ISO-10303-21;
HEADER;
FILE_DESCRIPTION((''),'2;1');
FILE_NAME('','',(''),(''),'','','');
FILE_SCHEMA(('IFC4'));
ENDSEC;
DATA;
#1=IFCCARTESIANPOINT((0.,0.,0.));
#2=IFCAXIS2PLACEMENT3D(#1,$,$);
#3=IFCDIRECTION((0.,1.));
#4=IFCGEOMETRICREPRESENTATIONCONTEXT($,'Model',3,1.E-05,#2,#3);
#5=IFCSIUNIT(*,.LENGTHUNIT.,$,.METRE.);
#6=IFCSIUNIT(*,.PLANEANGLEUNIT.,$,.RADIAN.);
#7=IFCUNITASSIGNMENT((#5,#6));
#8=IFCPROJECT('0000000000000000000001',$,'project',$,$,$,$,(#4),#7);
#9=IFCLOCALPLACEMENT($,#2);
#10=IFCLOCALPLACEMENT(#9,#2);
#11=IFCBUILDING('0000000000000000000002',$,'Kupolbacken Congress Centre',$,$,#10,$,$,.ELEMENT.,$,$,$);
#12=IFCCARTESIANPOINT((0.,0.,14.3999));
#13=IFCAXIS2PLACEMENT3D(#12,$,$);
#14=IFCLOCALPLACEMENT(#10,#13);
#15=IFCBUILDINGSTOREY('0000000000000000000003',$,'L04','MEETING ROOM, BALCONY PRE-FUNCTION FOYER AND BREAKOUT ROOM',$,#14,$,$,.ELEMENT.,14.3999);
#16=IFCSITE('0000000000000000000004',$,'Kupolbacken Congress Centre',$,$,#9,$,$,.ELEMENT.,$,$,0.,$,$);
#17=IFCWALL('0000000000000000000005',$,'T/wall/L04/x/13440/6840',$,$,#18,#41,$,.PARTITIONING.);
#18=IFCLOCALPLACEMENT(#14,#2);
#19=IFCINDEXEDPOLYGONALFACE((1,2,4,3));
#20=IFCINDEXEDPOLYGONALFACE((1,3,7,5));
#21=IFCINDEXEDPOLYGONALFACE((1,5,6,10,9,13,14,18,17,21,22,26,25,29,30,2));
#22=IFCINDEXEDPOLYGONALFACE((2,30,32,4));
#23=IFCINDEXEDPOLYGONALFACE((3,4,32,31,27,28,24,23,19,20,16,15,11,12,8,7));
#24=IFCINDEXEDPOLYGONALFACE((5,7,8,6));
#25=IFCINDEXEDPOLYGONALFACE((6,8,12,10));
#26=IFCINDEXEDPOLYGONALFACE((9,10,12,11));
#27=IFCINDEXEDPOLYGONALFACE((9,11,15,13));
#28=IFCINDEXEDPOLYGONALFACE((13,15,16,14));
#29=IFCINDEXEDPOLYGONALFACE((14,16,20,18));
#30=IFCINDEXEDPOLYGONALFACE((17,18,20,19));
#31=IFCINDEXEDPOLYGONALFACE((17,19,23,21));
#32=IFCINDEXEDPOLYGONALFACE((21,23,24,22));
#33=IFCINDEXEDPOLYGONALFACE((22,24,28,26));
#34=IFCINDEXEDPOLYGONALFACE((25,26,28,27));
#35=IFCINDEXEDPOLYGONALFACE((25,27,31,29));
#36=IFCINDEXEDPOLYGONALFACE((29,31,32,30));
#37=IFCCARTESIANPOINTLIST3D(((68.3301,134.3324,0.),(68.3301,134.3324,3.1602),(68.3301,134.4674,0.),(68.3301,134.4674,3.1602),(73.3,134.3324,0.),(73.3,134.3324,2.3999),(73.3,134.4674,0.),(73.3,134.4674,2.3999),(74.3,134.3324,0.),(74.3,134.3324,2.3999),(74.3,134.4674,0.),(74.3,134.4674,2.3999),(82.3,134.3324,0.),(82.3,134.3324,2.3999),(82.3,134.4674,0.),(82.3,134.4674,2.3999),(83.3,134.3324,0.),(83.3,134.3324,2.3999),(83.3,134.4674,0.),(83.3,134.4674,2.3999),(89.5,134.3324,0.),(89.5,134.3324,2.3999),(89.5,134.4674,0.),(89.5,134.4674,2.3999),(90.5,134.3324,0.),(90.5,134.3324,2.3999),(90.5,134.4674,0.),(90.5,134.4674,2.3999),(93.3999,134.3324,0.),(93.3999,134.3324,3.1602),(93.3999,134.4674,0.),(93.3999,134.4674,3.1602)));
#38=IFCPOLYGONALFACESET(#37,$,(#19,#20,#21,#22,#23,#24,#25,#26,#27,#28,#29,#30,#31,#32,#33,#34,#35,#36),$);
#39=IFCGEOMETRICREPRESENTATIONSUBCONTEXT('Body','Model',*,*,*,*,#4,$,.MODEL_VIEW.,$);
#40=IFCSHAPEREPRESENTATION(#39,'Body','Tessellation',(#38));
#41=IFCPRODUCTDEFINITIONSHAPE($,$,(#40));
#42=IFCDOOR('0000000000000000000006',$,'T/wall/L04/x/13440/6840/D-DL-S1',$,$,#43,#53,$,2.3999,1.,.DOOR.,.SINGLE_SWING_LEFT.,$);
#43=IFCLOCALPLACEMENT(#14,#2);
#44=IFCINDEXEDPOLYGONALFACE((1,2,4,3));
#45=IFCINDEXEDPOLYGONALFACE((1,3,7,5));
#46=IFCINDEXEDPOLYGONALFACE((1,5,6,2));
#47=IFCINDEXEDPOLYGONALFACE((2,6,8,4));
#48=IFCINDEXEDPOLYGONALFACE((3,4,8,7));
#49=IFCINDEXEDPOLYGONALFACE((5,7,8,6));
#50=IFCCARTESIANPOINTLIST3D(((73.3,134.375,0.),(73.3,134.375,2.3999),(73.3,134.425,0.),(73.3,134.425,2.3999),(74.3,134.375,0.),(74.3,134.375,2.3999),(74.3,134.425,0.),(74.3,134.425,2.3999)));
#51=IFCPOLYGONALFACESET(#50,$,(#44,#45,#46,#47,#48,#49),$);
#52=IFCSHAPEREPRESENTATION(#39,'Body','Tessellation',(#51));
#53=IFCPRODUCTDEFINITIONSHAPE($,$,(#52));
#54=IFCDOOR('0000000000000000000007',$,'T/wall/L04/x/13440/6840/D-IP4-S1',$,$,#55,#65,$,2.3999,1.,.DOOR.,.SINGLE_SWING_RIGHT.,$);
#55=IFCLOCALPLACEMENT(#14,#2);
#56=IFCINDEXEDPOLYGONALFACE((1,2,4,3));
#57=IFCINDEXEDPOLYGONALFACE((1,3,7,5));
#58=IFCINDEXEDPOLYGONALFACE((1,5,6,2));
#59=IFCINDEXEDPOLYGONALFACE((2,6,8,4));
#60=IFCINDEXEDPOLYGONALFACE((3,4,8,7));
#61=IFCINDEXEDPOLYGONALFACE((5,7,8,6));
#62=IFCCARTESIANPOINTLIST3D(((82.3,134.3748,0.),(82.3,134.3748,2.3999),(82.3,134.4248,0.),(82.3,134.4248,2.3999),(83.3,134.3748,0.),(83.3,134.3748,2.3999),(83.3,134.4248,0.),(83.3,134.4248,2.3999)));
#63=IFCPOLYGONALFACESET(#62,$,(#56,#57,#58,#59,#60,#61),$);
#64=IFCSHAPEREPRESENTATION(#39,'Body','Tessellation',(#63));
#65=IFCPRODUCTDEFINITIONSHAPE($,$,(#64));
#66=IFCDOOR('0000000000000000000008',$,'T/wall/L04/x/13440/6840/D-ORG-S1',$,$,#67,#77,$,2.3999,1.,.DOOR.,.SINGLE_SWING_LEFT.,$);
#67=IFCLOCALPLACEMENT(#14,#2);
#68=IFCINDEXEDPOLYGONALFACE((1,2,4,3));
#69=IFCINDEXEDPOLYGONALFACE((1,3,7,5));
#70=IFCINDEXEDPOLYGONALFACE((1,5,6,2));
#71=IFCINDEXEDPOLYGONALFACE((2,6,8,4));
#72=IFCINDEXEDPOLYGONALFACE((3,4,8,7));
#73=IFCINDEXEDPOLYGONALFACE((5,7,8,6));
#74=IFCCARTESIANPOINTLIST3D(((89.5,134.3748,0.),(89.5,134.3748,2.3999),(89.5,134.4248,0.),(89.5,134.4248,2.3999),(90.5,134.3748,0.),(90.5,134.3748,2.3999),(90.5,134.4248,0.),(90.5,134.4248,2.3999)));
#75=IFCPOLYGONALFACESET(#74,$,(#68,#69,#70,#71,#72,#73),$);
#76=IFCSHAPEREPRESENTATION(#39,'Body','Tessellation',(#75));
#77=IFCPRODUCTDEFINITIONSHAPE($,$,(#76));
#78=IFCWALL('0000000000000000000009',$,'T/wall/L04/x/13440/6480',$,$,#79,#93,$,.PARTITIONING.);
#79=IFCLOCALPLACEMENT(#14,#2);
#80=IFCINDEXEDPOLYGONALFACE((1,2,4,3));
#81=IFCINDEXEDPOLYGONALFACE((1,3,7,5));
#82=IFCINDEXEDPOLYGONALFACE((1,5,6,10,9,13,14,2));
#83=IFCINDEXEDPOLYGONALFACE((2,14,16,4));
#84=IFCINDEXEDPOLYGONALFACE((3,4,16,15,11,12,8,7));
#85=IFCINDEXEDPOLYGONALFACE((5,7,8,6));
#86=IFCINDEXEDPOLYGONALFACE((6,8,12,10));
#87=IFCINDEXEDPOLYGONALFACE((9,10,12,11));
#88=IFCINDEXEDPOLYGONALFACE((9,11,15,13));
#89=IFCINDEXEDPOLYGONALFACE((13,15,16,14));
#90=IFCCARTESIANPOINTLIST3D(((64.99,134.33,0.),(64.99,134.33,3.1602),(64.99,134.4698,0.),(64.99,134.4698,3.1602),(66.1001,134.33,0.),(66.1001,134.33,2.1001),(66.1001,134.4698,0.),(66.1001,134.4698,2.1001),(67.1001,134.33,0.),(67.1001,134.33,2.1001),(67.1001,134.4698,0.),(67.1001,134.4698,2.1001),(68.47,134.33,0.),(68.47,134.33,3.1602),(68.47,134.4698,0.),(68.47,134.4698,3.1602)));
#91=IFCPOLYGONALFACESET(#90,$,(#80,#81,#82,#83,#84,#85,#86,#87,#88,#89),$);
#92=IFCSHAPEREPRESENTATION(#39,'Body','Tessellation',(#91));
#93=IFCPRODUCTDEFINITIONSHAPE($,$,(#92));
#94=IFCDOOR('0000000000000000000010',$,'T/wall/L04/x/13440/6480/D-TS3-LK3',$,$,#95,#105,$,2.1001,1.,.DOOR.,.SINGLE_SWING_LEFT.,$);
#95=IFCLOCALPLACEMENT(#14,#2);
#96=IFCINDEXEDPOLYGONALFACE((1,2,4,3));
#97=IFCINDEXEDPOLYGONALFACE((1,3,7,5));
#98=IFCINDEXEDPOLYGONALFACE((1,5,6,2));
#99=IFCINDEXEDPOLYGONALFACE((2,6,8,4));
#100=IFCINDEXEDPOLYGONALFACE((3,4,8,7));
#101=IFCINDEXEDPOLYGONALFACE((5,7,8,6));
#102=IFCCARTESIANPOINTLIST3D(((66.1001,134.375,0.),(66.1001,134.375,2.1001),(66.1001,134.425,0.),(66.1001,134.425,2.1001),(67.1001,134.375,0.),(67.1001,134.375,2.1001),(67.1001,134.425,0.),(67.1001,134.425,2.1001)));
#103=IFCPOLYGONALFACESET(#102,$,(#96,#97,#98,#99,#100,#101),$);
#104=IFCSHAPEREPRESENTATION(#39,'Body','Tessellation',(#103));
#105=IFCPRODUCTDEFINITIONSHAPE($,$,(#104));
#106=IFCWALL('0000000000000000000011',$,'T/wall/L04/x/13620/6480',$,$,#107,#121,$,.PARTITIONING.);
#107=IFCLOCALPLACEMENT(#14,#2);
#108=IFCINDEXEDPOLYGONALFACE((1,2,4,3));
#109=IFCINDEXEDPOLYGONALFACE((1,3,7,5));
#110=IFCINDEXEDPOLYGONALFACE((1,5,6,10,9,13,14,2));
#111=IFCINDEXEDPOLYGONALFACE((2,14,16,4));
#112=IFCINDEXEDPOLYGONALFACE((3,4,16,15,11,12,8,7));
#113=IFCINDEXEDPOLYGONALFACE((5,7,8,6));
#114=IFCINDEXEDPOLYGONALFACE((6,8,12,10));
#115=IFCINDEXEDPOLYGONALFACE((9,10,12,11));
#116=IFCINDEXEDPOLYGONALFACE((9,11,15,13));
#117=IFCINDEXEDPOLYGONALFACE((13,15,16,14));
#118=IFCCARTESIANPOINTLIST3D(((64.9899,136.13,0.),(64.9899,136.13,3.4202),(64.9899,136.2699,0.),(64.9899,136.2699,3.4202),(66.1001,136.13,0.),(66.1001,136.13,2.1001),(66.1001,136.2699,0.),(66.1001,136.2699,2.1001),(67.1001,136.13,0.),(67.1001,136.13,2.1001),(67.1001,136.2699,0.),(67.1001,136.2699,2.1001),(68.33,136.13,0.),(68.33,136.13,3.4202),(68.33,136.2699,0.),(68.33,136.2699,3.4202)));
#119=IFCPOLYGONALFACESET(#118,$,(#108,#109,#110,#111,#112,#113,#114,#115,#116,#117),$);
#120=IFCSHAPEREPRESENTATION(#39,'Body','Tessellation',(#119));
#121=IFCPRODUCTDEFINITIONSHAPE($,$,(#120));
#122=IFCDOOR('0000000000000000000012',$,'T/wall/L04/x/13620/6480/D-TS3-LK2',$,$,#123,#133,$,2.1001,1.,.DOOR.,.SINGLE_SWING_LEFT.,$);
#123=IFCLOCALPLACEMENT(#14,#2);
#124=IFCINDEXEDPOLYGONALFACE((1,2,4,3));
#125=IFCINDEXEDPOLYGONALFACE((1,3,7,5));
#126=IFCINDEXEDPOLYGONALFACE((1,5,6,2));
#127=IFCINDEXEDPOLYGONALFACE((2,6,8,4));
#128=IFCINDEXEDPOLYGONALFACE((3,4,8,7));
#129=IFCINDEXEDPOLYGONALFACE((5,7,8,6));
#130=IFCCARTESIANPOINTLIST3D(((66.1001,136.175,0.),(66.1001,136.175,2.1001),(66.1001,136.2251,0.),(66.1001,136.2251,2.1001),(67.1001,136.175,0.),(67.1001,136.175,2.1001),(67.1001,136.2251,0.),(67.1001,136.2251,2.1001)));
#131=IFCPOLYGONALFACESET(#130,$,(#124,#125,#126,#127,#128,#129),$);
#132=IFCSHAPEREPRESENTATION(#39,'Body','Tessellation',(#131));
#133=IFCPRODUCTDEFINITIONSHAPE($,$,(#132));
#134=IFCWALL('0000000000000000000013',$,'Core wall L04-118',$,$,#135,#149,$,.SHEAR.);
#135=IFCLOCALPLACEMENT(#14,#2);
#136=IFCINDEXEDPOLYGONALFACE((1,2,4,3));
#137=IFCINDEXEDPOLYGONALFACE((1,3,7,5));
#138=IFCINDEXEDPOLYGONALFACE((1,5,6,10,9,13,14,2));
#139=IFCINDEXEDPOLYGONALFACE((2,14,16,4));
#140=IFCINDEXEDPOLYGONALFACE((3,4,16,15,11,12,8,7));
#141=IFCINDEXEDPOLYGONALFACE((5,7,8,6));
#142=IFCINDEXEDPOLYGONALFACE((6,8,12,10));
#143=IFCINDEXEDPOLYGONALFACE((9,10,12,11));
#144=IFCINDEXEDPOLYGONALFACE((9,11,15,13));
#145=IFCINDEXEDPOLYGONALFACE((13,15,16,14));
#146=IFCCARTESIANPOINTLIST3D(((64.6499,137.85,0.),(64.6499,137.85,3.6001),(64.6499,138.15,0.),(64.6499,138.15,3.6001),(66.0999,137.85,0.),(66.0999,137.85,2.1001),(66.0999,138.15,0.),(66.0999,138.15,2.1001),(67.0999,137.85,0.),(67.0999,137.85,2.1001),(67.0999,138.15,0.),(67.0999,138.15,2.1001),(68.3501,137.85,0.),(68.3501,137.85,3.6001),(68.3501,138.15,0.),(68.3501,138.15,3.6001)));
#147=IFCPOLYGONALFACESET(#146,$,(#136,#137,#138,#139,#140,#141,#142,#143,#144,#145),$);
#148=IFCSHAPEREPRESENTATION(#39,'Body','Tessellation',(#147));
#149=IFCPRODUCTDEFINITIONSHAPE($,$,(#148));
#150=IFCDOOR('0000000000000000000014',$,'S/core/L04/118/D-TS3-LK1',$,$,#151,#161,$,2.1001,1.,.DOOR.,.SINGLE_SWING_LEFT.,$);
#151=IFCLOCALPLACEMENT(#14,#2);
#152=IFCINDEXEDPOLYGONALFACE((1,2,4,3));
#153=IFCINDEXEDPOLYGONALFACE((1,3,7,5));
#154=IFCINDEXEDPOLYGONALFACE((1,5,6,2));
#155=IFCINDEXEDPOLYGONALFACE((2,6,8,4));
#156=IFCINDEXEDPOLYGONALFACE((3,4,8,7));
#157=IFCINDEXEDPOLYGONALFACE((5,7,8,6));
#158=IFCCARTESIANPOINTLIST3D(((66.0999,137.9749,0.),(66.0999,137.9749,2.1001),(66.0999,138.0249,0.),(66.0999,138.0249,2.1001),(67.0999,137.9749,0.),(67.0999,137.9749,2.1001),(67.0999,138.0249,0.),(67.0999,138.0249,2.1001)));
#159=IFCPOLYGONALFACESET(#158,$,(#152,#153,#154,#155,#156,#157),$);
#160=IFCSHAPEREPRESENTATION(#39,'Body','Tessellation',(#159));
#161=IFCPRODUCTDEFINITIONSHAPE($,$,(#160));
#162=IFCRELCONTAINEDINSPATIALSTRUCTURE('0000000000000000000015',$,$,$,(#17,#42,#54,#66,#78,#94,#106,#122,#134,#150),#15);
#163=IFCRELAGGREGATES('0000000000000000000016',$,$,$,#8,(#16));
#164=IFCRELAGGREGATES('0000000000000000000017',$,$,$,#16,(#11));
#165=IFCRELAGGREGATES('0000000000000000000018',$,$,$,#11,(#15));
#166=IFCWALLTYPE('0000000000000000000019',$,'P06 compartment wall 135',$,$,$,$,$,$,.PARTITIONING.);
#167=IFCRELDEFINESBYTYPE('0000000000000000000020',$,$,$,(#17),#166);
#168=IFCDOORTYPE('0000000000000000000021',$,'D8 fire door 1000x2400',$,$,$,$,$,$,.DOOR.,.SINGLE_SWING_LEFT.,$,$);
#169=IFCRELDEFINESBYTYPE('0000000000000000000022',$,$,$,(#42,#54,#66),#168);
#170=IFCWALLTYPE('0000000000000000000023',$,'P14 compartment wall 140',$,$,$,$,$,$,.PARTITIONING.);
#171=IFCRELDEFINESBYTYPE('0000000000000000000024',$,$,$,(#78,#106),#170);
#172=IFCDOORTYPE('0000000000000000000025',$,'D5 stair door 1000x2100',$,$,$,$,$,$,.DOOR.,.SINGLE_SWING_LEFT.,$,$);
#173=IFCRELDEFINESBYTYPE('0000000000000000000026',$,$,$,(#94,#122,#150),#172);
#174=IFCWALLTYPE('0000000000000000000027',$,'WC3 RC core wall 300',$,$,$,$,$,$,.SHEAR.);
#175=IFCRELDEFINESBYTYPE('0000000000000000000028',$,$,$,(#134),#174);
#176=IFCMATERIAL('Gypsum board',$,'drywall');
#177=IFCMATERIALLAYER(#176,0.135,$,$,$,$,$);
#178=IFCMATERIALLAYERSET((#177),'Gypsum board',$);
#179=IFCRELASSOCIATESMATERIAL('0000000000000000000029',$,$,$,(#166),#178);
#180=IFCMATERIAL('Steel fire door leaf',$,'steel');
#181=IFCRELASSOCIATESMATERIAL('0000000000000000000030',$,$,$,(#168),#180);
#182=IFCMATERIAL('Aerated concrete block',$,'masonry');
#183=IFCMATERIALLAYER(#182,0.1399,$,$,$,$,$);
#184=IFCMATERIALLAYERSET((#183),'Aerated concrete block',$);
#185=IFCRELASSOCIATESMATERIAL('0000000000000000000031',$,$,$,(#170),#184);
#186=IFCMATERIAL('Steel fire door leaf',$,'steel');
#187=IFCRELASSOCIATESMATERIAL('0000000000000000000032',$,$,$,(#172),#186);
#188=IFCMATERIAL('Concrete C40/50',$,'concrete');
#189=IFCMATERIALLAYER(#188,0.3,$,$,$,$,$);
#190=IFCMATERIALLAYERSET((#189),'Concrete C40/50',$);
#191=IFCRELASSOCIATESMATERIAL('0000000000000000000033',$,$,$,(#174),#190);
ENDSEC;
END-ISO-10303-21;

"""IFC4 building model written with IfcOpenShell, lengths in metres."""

from ifc_helpers import new_model, si_unit, direction, frame, frame_2d, origin, place, context, subcontext, project, spatial, rectangle, extrude, material, layer, layer_set, type_object, element, fill, save


model = new_model("IFC4")

# Units and contexts
model_context = context("Model", 3, precision=1e-05, world=origin(), true_north=direction((0.0, 1.0)))
body_context = subcontext(model_context, "Body", "Model", "MODEL_VIEW")
ifc_project = project(units=[si_unit("LENGTHUNIT", "METRE"), si_unit("PLANEANGLEUNIT", "RADIAN")], contexts=[model_context])

# Site, building, storey
site_placement = place(None, origin())
site = spatial("IfcSite", under=ifc_project, at=site_placement, Name="Kupolbacken Congress Centre", CompositionType="ELEMENT", RefElevation=0.0)
building_placement = place(site_placement, origin())
building = spatial("IfcBuilding", under=site, at=building_placement, Name="Kupolbacken Congress Centre", CompositionType="ELEMENT")
storey_placement = place(building_placement, frame((0.0, 0.0, 14.3999)))
storey = spatial("IfcBuildingStorey", under=building, at=storey_placement, Name="L04", Description="MEETING ROOM, BALCONY PRE-FUNCTION FOYER AND BREAKOUT ROOM", CompositionType="ELEMENT", Elevation=14.3999)

# Wall, openings, doors
ifc_material_1 = material(Name="Gypsum board", Category="drywall")
ifc_layer_1 = layer(ifc_material_1, 0.135)
ifc_layer_set_1 = layer_set([ifc_layer_1], Name="Gypsum board")
wall_type_1 = type_object("IfcWallType", Name="P06 compartment wall 135", PredefinedType="PARTITIONING", material=ifc_layer_set_1)
wall_1_placement = place(storey_placement, frame((68.3301, 134.3999, 0.0), z_axis=(0.0, 0.0, 1.0), x_axis=(1.0, 0.0, 0.0)))
wall_1 = element("IfcWall", 1, at=wall_1_placement, inside=storey, type_object=wall_type_1, Name="T/wall/L04/x/13440/6840", PredefinedType="PARTITIONING", context=body_context, shape_type="SweptSolid", body=[
    extrude(rectangle(XDim=25.0698, YDim=0.135, at=frame_2d((12.5349, 0.0))), origin(), (0.0, 0.0, 1.0), 3.1602),
])
opening_1_placement = place(wall_1_placement, frame((4.97, 0.0, 0.0)))
opening_1 = element("IfcOpeningElement", 2, at=opening_1_placement, cuts=wall_1, PredefinedType="OPENING", context=body_context, shape_type="SweptSolid", body=[
    extrude(rectangle(XDim=1.0, YDim=2.3999, at=frame_2d((0.5, 1.2))), frame((0.0, 0.0774, 0.0), z_axis=(0.0, -1.0, 0.0), x_axis=(1.0, 0.0, 0.0)), (0.0, 0.0, 1.0), 0.155),
])
opening_2_placement = place(wall_1_placement, frame((13.97, 0.0, 0.0)))
opening_2 = element("IfcOpeningElement", 3, at=opening_2_placement, cuts=wall_1, PredefinedType="OPENING", context=body_context, shape_type="SweptSolid", body=[
    extrude(rectangle(XDim=1.0, YDim=2.3999, at=frame_2d((0.5, 1.2))), frame((0.0, 0.0774, 0.0), z_axis=(0.0, -1.0, 0.0), x_axis=(1.0, 0.0, 0.0)), (0.0, 0.0, 1.0), 0.155),
])
opening_3_placement = place(wall_1_placement, frame((21.1699, 0.0, 0.0)))
opening_3 = element("IfcOpeningElement", 4, at=opening_3_placement, cuts=wall_1, PredefinedType="OPENING", context=body_context, shape_type="SweptSolid", body=[
    extrude(rectangle(XDim=1.0, YDim=2.3999, at=frame_2d((0.5, 1.2))), frame((0.0, 0.0774, 0.0), z_axis=(0.0, -1.0, 0.0), x_axis=(1.0, 0.0, 0.0)), (0.0, 0.0, 1.0), 0.155),
])
ifc_material_2 = material(Name="Steel fire door leaf", Category="steel")
door_type_1 = type_object("IfcDoorType", Name="D8 fire door 1000x2400", OperationType="SINGLE_SWING_LEFT", PredefinedType="DOOR", material=ifc_material_2)
door_1_placement = place(opening_1_placement, frame((1.0, 0.0, 0.0), z_axis=(0.0, 0.0, 1.0), x_axis=(-1.0, 0.0, 0.0)))
door_1 = element("IfcDoor", 5, at=door_1_placement, inside=storey, type_object=door_type_1, Name="T/wall/L04/x/13440/6840/D-DL-S1", OperationType="SINGLE_SWING_LEFT", OverallHeight=2.3999, OverallWidth=1.0, PredefinedType="DOOR", context=body_context, shape_type="SweptSolid", body=[
    extrude(rectangle(XDim=1.0, YDim=2.3999, at=frame_2d((0.5, 1.2))), frame((0.0, 0.0249, 0.0), z_axis=(0.0, -1.0, 0.0), x_axis=(1.0, 0.0, 0.0)), (0.0, 0.0, 1.0), 0.05),
])
fill(opening_1, door_1)
door_2_placement = place(opening_2_placement, origin())
door_2 = element("IfcDoor", 6, at=door_2_placement, inside=storey, type_object=door_type_1, Name="T/wall/L04/x/13440/6840/D-IP4-S1", OperationType="SINGLE_SWING_RIGHT", OverallHeight=2.3999, OverallWidth=1.0, PredefinedType="DOOR", context=body_context, shape_type="SweptSolid", body=[
    extrude(rectangle(XDim=1.0, YDim=2.3999, at=frame_2d((0.5, 1.2))), frame((0.0, 0.0249, 0.0), z_axis=(0.0, -1.0, 0.0), x_axis=(1.0, 0.0, 0.0)), (0.0, 0.0, 1.0), 0.05),
])
fill(opening_2, door_2)
door_3_placement = place(opening_3_placement, origin())
door_3 = element("IfcDoor", 7, at=door_3_placement, inside=storey, type_object=door_type_1, Name="T/wall/L04/x/13440/6840/D-ORG-S1", OperationType="SINGLE_SWING_LEFT", OverallHeight=2.3999, OverallWidth=1.0, PredefinedType="DOOR", context=body_context, shape_type="SweptSolid", body=[
    extrude(rectangle(XDim=1.0, YDim=2.3999, at=frame_2d((0.5, 1.2))), frame((0.0, 0.0249, 0.0), z_axis=(0.0, -1.0, 0.0), x_axis=(1.0, 0.0, 0.0)), (0.0, 0.0, 1.0), 0.05),
])
fill(opening_3, door_3)

# Walls, openings, doors
ifc_material_3 = material(Name="Aerated concrete block", Category="masonry")
ifc_layer_2 = layer(ifc_material_3, 0.1399)
ifc_layer_set_2 = layer_set([ifc_layer_2], Name="Aerated concrete block")
wall_type_2 = type_object("IfcWallType", Name="P14 compartment wall 140", PredefinedType="PARTITIONING", material=ifc_layer_set_2)
wall_2_placement = place(storey_placement, frame((64.99, 134.3999, 0.0), z_axis=(0.0, 0.0, 1.0), x_axis=(1.0, 0.0, 0.0)))
wall_2 = element("IfcWall", 8, at=wall_2_placement, inside=storey, type_object=wall_type_2, Name="T/wall/L04/x/13440/6480", PredefinedType="PARTITIONING", context=body_context, shape_type="SweptSolid", body=[
    extrude(rectangle(XDim=3.48, YDim=0.1399, at=frame_2d((1.74, 0.0))), origin(), (0.0, 0.0, 1.0), 3.1602),
])
opening_4_placement = place(wall_2_placement, frame((1.1101, 0.0, 0.0)))
opening_4 = element("IfcOpeningElement", 9, at=opening_4_placement, cuts=wall_2, PredefinedType="OPENING", context=body_context, shape_type="SweptSolid", body=[
    extrude(rectangle(XDim=1.0, YDim=2.1001, at=frame_2d((0.5, 1.05))), frame((0.0, 0.0798, 0.0), z_axis=(0.0, -1.0, 0.0), x_axis=(1.0, 0.0, 0.0)), (0.0, 0.0, 1.0), 0.1599),
])
ifc_material_4 = material(Name="Steel fire door leaf", Category="steel")
door_type_2 = type_object("IfcDoorType", Name="D5 stair door 1000x2100", OperationType="SINGLE_SWING_LEFT", PredefinedType="DOOR", material=ifc_material_4)
door_4_placement = place(opening_4_placement, frame((1.0, 0.0, 0.0), z_axis=(0.0, 0.0, 1.0), x_axis=(-1.0, 0.0, 0.0)))
door_4 = element("IfcDoor", 10, at=door_4_placement, inside=storey, type_object=door_type_2, Name="T/wall/L04/x/13440/6480/D-TS3-LK3", OperationType="SINGLE_SWING_LEFT", OverallHeight=2.1001, OverallWidth=1.0, PredefinedType="DOOR", context=body_context, shape_type="SweptSolid", body=[
    extrude(rectangle(XDim=1.0, YDim=2.1001, at=frame_2d((0.5, 1.05))), frame((0.0, 0.0249, 0.0), z_axis=(0.0, -1.0, 0.0), x_axis=(1.0, 0.0, 0.0)), (0.0, 0.0, 1.0), 0.05),
])
fill(opening_4, door_4)
wall_3_placement = place(storey_placement, frame((64.99, 136.2, 0.0), z_axis=(0.0, 0.0, 1.0), x_axis=(1.0, 0.0, 0.0)))
wall_3 = element("IfcWall", 11, at=wall_3_placement, inside=storey, type_object=wall_type_2, Name="T/wall/L04/x/13620/6480", PredefinedType="PARTITIONING", context=body_context, shape_type="SweptSolid", body=[
    extrude(rectangle(XDim=3.3401, YDim=0.1399, at=frame_2d((1.6699, 0.0))), origin(), (0.0, 0.0, 1.0), 3.4202),
])
opening_5_placement = place(wall_3_placement, frame((1.1101, 0.0, 0.0)))
opening_5 = element("IfcOpeningElement", 12, at=opening_5_placement, cuts=wall_3, PredefinedType="OPENING", context=body_context, shape_type="SweptSolid", body=[
    extrude(rectangle(XDim=1.0, YDim=2.1001, at=frame_2d((0.5, 1.05))), frame((0.0, 0.0798, 0.0), z_axis=(0.0, -1.0, 0.0), x_axis=(1.0, 0.0, 0.0)), (0.0, 0.0, 1.0), 0.1599),
])
door_5_placement = place(opening_5_placement, frame((1.0, 0.0, 0.0), z_axis=(0.0, 0.0, 1.0), x_axis=(-1.0, 0.0, 0.0)))
door_5 = element("IfcDoor", 13, at=door_5_placement, inside=storey, type_object=door_type_2, Name="T/wall/L04/x/13620/6480/D-TS3-LK2", OperationType="SINGLE_SWING_LEFT", OverallHeight=2.1001, OverallWidth=1.0, PredefinedType="DOOR", context=body_context, shape_type="SweptSolid", body=[
    extrude(rectangle(XDim=1.0, YDim=2.1001, at=frame_2d((0.5, 1.05))), frame((0.0, 0.0249, 0.0), z_axis=(0.0, -1.0, 0.0), x_axis=(1.0, 0.0, 0.0)), (0.0, 0.0, 1.0), 0.05),
])
fill(opening_5, door_5)

# Wall, opening, door
ifc_material_5 = material(Name="Concrete C40/50", Category="concrete")
ifc_layer_3 = layer(ifc_material_5, 0.3)
ifc_layer_set_3 = layer_set([ifc_layer_3], Name="Concrete C40/50")
wall_type_3 = type_object("IfcWallType", Name="WC3 RC core wall 300", PredefinedType="SHEAR", material=ifc_layer_set_3)
wall_4_placement = place(storey_placement, frame((64.6499, 138.0, 0.0), z_axis=(0.0, 0.0, 1.0), x_axis=(1.0, 0.0, 0.0)))
wall_4 = element("IfcWall", 14, at=wall_4_placement, inside=storey, type_object=wall_type_3, Name="Core wall L04-118", PredefinedType="SHEAR", context=body_context, shape_type="SweptSolid", body=[
    extrude(rectangle(XDim=3.7002, YDim=0.3, at=frame_2d((1.8501, 0.0))), origin(), (0.0, 0.0, 1.0), 3.6001),
])
opening_6_placement = place(wall_4_placement, frame((1.45, 0.0, 0.0)))
opening_6 = element("IfcOpeningElement", 15, at=opening_6_placement, cuts=wall_4, PredefinedType="OPENING", context=body_context, shape_type="SweptSolid", body=[
    extrude(rectangle(XDim=1.0, YDim=2.1001, at=frame_2d((0.5, 1.05))), frame((0.0, 0.1599, 0.0), z_axis=(0.0, -1.0, 0.0), x_axis=(1.0, 0.0, 0.0)), (0.0, 0.0, 1.0), 0.3201),
])
door_6_placement = place(opening_6_placement, origin())
door_6 = element("IfcDoor", 16, at=door_6_placement, inside=storey, type_object=door_type_2, Name="S/core/L04/118/D-TS3-LK1", OperationType="SINGLE_SWING_LEFT", OverallHeight=2.1001, OverallWidth=1.0, PredefinedType="DOOR", context=body_context, shape_type="SweptSolid", body=[
    extrude(rectangle(XDim=1.0, YDim=2.1001, at=frame_2d((0.5, 1.05))), frame((0.0, 0.0249, 0.0), z_axis=(0.0, -1.0, 0.0), x_axis=(1.0, 0.0, 0.0)), (0.0, 0.0, 1.0), 0.05),
])
fill(opening_6, door_6)

save(model, "model.ifc")
